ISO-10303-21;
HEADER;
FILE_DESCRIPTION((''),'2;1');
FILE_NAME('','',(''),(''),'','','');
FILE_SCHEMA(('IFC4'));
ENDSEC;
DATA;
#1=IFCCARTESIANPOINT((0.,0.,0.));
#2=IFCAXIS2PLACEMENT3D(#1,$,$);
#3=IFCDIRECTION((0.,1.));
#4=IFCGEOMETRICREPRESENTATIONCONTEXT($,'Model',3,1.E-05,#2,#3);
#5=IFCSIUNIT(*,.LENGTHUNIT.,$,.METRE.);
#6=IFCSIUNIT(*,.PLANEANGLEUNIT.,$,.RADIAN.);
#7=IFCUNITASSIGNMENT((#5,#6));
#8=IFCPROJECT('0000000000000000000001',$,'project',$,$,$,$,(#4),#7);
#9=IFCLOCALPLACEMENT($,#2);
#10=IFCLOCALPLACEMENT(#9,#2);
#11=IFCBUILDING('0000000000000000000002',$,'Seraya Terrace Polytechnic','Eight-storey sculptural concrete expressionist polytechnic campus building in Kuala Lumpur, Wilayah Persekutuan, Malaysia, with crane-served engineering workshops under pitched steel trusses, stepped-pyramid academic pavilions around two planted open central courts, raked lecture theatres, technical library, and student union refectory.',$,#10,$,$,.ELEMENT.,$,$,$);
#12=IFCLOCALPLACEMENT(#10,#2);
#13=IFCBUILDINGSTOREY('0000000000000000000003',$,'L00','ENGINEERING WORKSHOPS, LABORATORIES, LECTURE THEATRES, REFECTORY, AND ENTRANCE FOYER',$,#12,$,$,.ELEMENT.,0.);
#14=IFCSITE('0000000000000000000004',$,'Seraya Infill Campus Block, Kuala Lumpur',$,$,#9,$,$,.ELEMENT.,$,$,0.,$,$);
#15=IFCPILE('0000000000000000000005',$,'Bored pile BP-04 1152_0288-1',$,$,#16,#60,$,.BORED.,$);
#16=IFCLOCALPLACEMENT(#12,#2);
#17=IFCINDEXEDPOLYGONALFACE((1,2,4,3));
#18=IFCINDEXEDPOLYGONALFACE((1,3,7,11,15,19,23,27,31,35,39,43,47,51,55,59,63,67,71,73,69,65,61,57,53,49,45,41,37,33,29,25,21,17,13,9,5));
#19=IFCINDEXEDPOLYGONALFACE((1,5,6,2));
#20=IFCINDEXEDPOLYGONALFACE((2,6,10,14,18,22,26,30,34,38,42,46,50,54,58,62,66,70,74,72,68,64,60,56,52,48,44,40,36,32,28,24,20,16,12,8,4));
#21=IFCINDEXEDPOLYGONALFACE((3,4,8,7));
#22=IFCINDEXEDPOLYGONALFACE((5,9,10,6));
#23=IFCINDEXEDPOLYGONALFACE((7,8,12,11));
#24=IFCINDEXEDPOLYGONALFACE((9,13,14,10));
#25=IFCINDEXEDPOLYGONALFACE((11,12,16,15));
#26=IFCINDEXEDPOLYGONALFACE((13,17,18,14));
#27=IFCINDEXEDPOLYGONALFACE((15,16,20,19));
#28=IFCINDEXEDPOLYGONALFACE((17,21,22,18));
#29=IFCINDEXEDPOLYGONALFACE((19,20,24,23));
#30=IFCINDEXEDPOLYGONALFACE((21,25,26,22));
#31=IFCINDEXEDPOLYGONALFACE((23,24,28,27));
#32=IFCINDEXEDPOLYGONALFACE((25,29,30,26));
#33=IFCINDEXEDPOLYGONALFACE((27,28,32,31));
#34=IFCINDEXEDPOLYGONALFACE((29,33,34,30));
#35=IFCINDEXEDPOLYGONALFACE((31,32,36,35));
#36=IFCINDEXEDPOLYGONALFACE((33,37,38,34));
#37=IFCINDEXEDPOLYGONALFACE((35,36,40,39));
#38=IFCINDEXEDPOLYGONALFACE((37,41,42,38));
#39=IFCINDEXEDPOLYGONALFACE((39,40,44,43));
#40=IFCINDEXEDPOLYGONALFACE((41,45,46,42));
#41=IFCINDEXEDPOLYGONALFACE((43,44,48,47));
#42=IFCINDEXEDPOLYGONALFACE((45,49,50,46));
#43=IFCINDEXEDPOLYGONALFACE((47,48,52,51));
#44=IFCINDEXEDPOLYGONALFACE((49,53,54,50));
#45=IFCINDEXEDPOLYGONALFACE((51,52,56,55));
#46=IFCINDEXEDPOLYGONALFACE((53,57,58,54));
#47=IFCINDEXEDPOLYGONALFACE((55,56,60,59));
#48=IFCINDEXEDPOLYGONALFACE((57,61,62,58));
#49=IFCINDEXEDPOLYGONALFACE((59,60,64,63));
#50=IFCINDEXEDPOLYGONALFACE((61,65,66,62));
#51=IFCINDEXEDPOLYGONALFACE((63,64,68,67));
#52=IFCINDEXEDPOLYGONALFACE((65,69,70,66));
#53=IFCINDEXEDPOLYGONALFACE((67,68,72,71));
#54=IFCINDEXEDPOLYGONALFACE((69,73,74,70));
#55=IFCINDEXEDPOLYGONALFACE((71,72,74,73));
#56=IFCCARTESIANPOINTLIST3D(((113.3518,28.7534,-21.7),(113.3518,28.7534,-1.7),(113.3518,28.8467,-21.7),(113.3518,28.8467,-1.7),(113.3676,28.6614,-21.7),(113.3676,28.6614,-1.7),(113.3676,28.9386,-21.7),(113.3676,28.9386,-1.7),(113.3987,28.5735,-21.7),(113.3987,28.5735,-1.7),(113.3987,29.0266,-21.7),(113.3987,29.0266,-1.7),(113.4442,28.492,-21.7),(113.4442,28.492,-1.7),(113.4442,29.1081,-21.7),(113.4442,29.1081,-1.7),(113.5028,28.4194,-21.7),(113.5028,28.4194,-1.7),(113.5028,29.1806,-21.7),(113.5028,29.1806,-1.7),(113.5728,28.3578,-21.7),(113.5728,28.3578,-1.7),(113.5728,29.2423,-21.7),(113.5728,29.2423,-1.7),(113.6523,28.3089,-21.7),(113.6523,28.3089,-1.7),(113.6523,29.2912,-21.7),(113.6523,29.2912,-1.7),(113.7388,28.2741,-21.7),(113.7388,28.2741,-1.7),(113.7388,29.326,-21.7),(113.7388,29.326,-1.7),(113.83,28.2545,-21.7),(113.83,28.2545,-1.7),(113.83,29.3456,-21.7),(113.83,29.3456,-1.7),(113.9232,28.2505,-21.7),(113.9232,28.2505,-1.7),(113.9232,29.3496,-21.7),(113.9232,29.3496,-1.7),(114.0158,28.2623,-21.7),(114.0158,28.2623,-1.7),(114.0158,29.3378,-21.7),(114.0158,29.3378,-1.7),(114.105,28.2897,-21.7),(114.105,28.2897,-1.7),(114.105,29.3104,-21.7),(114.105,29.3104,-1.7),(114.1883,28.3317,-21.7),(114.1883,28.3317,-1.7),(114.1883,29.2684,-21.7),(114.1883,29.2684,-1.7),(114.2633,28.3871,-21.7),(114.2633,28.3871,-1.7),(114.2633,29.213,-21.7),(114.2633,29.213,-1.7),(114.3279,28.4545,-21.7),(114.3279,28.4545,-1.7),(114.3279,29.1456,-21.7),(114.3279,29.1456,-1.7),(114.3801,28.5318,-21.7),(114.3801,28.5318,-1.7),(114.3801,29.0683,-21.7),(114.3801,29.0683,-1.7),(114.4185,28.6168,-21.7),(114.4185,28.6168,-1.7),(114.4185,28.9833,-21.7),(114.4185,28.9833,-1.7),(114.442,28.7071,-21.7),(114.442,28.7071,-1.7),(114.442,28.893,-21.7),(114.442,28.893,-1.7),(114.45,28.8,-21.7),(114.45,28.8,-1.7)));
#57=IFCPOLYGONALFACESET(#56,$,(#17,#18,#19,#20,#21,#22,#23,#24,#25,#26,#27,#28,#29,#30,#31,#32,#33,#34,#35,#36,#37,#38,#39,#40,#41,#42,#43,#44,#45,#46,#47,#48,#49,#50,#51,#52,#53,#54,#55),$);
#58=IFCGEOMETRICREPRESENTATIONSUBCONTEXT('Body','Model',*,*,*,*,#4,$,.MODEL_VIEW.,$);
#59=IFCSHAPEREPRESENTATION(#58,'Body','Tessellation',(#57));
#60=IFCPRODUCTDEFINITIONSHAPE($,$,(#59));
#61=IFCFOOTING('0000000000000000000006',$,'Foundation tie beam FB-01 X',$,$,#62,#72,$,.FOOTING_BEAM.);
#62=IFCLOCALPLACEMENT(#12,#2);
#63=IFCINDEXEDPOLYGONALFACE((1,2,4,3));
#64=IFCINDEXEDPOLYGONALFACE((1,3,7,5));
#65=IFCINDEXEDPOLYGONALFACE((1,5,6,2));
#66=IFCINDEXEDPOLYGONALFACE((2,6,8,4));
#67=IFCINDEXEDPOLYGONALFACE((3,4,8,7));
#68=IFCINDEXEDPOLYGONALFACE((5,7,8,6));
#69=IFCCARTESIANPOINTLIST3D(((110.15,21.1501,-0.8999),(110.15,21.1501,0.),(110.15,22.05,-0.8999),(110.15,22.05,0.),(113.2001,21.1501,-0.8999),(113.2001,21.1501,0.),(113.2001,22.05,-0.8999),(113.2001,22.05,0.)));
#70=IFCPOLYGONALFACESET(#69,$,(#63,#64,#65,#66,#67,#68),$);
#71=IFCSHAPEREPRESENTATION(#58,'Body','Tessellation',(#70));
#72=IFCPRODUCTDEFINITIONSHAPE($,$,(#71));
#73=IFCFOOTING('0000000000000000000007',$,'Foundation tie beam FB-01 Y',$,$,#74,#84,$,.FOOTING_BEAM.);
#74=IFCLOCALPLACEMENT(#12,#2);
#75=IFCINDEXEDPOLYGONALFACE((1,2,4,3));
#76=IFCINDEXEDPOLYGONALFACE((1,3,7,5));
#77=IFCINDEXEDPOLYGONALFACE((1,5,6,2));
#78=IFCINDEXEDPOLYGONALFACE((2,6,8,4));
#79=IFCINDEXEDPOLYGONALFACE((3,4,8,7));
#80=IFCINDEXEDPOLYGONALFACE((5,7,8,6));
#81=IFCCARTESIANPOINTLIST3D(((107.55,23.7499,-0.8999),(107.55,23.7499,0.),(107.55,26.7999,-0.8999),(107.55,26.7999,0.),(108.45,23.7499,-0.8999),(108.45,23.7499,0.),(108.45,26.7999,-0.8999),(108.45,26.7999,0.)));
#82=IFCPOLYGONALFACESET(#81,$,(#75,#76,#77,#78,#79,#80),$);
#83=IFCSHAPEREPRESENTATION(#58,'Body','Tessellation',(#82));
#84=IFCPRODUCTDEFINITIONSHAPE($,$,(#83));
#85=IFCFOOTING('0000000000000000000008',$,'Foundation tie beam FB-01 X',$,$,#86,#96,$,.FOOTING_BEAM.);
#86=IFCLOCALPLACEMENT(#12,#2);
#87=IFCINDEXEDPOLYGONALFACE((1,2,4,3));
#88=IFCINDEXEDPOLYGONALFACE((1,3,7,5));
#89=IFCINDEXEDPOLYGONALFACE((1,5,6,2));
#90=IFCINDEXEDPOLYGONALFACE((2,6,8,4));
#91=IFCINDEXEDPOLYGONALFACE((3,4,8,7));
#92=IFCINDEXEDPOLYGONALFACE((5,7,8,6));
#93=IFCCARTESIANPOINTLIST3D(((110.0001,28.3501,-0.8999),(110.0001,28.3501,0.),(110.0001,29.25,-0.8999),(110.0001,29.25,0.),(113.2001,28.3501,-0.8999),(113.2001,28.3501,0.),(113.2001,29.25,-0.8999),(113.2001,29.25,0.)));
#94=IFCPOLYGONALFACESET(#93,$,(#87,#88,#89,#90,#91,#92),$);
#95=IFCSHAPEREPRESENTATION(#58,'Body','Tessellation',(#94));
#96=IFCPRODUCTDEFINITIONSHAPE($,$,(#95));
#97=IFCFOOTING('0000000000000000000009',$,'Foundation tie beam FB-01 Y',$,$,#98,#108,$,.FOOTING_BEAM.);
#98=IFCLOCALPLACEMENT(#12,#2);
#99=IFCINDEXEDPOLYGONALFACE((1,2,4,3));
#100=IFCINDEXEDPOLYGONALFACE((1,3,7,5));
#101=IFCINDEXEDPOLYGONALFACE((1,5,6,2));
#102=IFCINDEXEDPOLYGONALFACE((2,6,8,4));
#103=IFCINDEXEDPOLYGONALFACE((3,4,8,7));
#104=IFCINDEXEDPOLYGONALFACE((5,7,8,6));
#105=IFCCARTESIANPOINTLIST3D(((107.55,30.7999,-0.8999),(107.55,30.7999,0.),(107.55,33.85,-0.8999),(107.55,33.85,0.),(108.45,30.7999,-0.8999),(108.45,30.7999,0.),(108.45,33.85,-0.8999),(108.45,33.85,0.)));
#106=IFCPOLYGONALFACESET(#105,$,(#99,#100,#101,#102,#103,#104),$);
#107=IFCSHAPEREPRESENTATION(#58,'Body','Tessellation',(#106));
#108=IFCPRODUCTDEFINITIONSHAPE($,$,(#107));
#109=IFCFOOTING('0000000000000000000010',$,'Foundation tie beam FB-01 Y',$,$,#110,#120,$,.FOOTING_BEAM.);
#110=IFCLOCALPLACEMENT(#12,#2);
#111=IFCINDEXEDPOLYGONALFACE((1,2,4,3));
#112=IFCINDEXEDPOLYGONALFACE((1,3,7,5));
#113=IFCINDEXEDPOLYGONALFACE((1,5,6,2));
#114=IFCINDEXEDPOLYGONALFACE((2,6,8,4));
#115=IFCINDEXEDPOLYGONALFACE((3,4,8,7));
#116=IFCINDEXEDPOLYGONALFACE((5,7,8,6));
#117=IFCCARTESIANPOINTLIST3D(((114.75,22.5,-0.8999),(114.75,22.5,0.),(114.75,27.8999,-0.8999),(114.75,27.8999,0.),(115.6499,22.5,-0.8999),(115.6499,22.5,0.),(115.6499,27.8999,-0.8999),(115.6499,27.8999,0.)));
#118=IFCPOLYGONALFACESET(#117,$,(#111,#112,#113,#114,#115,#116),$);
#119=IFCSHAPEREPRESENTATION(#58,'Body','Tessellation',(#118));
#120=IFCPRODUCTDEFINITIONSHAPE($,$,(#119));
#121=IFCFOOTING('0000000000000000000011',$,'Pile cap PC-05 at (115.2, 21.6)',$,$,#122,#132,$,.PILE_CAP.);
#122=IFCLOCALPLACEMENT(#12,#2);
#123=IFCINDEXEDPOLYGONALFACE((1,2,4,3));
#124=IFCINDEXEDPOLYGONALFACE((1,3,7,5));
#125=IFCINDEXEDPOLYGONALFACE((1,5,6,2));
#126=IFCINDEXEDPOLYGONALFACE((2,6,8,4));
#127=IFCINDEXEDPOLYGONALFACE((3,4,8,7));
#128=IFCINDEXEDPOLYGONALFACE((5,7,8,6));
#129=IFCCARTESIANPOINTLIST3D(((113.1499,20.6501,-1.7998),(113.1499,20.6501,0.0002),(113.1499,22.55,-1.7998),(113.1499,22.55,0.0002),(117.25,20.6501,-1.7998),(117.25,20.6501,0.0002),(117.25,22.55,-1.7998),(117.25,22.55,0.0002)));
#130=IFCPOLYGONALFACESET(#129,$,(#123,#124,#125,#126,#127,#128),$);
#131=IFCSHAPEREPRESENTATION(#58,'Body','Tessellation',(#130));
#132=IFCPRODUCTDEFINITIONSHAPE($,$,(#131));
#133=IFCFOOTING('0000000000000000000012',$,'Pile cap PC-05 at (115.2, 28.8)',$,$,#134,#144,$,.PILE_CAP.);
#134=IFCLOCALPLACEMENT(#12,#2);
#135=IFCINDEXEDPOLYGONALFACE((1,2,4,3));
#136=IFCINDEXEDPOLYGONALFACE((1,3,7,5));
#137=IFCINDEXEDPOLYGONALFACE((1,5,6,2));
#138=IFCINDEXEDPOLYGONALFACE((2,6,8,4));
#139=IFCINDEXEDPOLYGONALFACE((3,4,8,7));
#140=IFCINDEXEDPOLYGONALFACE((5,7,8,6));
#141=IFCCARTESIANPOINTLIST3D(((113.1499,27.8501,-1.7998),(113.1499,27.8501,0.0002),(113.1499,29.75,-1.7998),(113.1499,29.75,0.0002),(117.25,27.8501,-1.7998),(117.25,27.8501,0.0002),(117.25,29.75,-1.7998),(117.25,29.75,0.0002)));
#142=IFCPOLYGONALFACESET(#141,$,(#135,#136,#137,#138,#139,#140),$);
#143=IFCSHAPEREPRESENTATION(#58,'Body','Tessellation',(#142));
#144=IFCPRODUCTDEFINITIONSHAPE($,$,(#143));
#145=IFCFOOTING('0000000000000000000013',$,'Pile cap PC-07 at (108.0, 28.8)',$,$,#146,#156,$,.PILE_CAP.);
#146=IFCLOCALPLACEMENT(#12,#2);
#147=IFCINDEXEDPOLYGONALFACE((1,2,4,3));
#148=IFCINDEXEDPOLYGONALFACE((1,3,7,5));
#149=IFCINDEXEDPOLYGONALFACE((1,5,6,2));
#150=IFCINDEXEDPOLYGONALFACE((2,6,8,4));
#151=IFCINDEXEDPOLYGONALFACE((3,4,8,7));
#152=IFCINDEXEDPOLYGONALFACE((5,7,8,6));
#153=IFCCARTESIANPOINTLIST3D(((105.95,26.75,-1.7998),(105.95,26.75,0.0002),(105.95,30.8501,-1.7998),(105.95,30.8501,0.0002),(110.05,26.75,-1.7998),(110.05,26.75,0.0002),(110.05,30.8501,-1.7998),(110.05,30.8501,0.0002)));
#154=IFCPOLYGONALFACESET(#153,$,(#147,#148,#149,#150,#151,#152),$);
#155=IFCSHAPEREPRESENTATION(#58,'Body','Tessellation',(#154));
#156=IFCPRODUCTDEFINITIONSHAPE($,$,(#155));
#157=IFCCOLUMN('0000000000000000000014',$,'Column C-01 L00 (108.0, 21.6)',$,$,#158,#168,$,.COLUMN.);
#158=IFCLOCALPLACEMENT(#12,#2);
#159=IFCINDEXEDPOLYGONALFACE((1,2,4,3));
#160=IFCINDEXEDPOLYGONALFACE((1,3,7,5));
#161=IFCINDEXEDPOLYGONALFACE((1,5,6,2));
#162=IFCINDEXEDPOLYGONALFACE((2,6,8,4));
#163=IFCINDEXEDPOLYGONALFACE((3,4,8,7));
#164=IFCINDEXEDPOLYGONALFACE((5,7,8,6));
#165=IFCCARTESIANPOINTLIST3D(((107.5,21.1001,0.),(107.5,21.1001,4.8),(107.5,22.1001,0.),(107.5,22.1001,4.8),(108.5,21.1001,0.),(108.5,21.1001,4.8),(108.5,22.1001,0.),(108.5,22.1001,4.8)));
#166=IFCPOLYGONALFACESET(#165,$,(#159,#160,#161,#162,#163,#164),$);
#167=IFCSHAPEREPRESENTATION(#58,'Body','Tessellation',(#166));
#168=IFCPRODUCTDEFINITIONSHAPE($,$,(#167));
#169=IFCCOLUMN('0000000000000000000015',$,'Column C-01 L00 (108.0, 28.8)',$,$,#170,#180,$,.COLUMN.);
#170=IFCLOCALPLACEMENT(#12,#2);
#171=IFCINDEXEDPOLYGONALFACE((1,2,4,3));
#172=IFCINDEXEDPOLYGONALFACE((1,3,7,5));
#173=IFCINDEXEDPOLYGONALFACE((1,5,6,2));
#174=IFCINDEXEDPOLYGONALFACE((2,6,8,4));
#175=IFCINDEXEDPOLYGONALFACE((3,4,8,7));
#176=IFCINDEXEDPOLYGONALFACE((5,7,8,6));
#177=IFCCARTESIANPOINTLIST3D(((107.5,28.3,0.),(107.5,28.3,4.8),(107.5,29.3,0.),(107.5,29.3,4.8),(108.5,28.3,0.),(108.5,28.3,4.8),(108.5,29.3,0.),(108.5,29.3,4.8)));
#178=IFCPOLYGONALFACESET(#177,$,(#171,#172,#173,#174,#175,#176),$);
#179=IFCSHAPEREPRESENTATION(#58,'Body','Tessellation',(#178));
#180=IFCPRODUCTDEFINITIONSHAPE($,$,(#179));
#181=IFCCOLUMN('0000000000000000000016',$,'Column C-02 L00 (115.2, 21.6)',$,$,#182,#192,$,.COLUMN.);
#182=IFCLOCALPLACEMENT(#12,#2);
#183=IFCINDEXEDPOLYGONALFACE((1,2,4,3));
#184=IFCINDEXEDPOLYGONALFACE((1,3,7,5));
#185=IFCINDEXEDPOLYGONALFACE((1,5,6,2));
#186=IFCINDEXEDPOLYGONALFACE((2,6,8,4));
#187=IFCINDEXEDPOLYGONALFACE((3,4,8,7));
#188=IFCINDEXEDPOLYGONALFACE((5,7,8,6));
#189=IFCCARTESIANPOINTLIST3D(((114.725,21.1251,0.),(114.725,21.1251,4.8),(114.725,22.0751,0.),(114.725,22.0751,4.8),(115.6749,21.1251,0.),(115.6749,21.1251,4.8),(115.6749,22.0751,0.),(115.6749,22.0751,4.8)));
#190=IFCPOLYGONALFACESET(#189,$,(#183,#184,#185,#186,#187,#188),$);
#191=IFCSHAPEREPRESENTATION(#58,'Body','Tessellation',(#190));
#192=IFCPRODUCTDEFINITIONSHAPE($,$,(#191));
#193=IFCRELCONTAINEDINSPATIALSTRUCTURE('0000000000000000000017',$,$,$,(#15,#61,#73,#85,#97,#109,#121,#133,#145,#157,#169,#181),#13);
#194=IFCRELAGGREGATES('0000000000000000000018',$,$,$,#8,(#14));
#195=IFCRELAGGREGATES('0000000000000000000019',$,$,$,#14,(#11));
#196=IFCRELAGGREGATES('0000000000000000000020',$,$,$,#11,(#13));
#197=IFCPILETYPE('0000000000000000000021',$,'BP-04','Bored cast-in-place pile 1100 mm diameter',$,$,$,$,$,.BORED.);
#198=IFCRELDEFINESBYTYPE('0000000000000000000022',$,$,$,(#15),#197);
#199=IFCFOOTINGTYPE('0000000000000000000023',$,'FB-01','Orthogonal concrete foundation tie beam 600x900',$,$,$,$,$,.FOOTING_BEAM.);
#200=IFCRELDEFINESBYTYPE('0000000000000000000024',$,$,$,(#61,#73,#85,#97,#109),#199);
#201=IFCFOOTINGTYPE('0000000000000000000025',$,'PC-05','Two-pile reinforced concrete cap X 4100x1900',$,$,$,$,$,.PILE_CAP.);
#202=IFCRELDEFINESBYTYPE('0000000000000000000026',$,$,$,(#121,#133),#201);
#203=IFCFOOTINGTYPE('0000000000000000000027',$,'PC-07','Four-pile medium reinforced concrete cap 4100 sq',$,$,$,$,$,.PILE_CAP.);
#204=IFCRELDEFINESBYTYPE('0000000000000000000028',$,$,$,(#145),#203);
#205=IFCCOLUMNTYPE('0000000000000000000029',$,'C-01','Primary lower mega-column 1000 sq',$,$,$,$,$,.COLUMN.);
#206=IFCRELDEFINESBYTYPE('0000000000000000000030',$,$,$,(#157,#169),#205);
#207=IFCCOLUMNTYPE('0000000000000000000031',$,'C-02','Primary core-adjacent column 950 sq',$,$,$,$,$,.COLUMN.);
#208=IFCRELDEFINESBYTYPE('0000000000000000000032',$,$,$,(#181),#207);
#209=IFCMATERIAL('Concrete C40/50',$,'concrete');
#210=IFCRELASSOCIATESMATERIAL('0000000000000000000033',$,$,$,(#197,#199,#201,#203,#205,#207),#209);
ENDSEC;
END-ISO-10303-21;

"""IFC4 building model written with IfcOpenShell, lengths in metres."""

from ifc_helpers import new_model, si_unit, direction, frame, origin, origin_2d, place, context, subcontext, project, spatial, rectangle, circle, extrude, material, material_profile, profile_set, type_object, element, save


model = new_model("IFC4")

# Units and contexts
model_context = context("Model", 3, precision=1e-05, world=origin(), true_north=direction((0.0, 1.0)))
body_context = subcontext(model_context, "Body", "Model", "MODEL_VIEW")
ifc_project = project(units=[si_unit("LENGTHUNIT", "METRE"), si_unit("PLANEANGLEUNIT", "RADIAN")], contexts=[model_context])

# Site, building, storey
site_placement = place(None, origin())
site = spatial("IfcSite", under=ifc_project, at=site_placement, Name="Seraya Infill Campus Block, Kuala Lumpur", CompositionType="ELEMENT", RefElevation=0.0)
building_placement = place(site_placement, origin())
building = spatial("IfcBuilding", under=site, at=building_placement, Name="Seraya Terrace Polytechnic", Description="Eight-storey sculptural concrete expressionist polytechnic campus building in Kuala Lumpur, Wilayah Persekutuan, Malaysia, with crane-served engineering workshops under pitched steel trusses, stepped-pyramid academic pavilions around two planted open central courts, raked lecture theatres, technical library, and student union refectory.", CompositionType="ELEMENT")
storey_placement = place(building_placement, origin())
storey = spatial("IfcBuildingStorey", under=building, at=storey_placement, Name="L00", Description="ENGINEERING WORKSHOPS, LABORATORIES, LECTURE THEATRES, REFECTORY, AND ENTRANCE FOYER", CompositionType="ELEMENT", Elevation=0.0)

# Pile
ifc_material_1 = material(Name="Concrete C40/50", Category="concrete")
ifc_material_profile_1 = material_profile(ifc_material_1, circle(Radius=0.55, at=origin_2d()), Name="DIA 1100")
ifc_profile_set_1 = profile_set([ifc_material_profile_1], Name="Concrete C40/50")
pile_type_1 = type_object("IfcPileType", Name="BP-04", Description="Bored cast-in-place pile 1100 mm diameter", PredefinedType="BORED", material=ifc_profile_set_1)
for number, where, z_axis, x_axis, name in (
    (1, (113.8999, 28.8, -1.7), (0.0, 0.0, -1.0), (1.0, 0.0, 0.0), "Bored pile BP-04 1152_0288-1"),
):
    element("IfcPile", number, at=place(storey_placement, frame(where, z_axis=z_axis, x_axis=x_axis)), inside=storey, type_object=pile_type_1, Name=name, PredefinedType="BORED", context=body_context, shape_type="SweptSolid", body=[
        extrude(circle(Radius=0.55, at=origin_2d()), origin(), (0.0, 0.0, 1.0), 20.0),
    ])

# Footings
footing_type_1 = type_object("IfcFootingType", Name="FB-01", Description="Orthogonal concrete foundation tie beam 600x900", PredefinedType="FOOTING_BEAM", material=ifc_material_1)
for number, where, z_axis, x_axis, name in (
    (2, (111.675, 21.6001, -0.8999), (0.0, 0.0, 1.0), (1.0, 0.0, 0.0), "Foundation tie beam FB-01 X"),
    (3, (108.0, 25.2749, -0.8999), (0.0, 0.0, 1.0), (0.0, 1.0, 0.0), "Foundation tie beam FB-01 Y"),
):
    element("IfcFooting", number, at=place(storey_placement, frame(where, z_axis=z_axis, x_axis=x_axis)), inside=storey, type_object=footing_type_1, Name=name, PredefinedType="FOOTING_BEAM", context=body_context, shape_type="SweptSolid", body=[
        extrude(rectangle(XDim=3.05, YDim=0.8999, at=origin_2d()), origin(), (0.0, 0.0, 1.0), 0.8999),
    ])
footing_1_placement = place(storey_placement, frame((111.6001, 28.8, -0.8999), z_axis=(0.0, 0.0, 1.0), x_axis=(1.0, 0.0, 0.0)))
element("IfcFooting", 4, at=footing_1_placement, inside=storey, type_object=footing_type_1, Name="Foundation tie beam FB-01 X", PredefinedType="FOOTING_BEAM", context=body_context, shape_type="SweptSolid", body=[
    extrude(rectangle(XDim=3.2, YDim=0.8999, at=origin_2d()), origin(), (0.0, 0.0, 1.0), 0.8999),
])
footing_2_placement = place(storey_placement, frame((108.0, 32.325, -0.8999), z_axis=(0.0, 0.0, 1.0), x_axis=(0.0, 1.0, 0.0)))
element("IfcFooting", 5, at=footing_2_placement, inside=storey, type_object=footing_type_1, Name="Foundation tie beam FB-01 Y", PredefinedType="FOOTING_BEAM", context=body_context, shape_type="SweptSolid", body=[
    extrude(rectangle(XDim=3.05, YDim=0.8999, at=origin_2d()), origin(), (0.0, 0.0, 1.0), 0.8999),
])
footing_3_placement = place(storey_placement, frame((115.2, 25.2, -0.8999), z_axis=(0.0, 0.0, 1.0), x_axis=(0.0, 1.0, 0.0)))
element("IfcFooting", 6, at=footing_3_placement, inside=storey, type_object=footing_type_1, Name="Foundation tie beam FB-01 Y", PredefinedType="FOOTING_BEAM", context=body_context, shape_type="SweptSolid", body=[
    extrude(rectangle(XDim=5.3999, YDim=0.8999, at=origin_2d()), origin(), (0.0, 0.0, 1.0), 0.8999),
])
footing_type_2 = type_object("IfcFootingType", Name="PC-05", Description="Two-pile reinforced concrete cap X 4100x1900", PredefinedType="PILE_CAP", material=ifc_material_1)
for number, where, z_axis, x_axis, name in (
    (7, (115.2, 21.6001, -1.7998), (0.0, 0.0, 1.0), (1.0, 0.0, 0.0), "Pile cap PC-05 at (115.2, 21.6)"),
    (8, (115.2, 28.8, -1.7998), (0.0, 0.0, 1.0), (1.0, 0.0, 0.0), "Pile cap PC-05 at (115.2, 28.8)"),
):
    element("IfcFooting", number, at=place(storey_placement, frame(where, z_axis=z_axis, x_axis=x_axis)), inside=storey, type_object=footing_type_2, Name=name, PredefinedType="PILE_CAP", context=body_context, shape_type="SweptSolid", body=[
        extrude(rectangle(XDim=4.1001, YDim=1.8999, at=origin_2d()), origin(), (0.0, 0.0, 1.0), 1.8),
    ])
footing_type_3 = type_object("IfcFootingType", Name="PC-07", Description="Four-pile medium reinforced concrete cap 4100 sq", PredefinedType="PILE_CAP", material=ifc_material_1)
footing_4_placement = place(storey_placement, frame((108.0, 28.8, -1.7998), z_axis=(0.0, 0.0, 1.0), x_axis=(1.0, 0.0, 0.0)))
element("IfcFooting", 9, at=footing_4_placement, inside=storey, type_object=footing_type_3, Name="Pile cap PC-07 at (108.0, 28.8)", PredefinedType="PILE_CAP", context=body_context, shape_type="SweptSolid", body=[
    extrude(rectangle(XDim=4.1001, YDim=4.1001, at=origin_2d()), origin(), (0.0, 0.0, 1.0), 1.8),
])

# Columns
ifc_material_profile_2 = material_profile(ifc_material_1, rectangle(XDim=1.0, YDim=1.0, at=origin_2d()), Name="RC 1000x1000")
ifc_profile_set_2 = profile_set([ifc_material_profile_2], Name="Concrete C40/50")
column_type_1 = type_object("IfcColumnType", Name="C-01", Description="Primary lower mega-column 1000 sq", PredefinedType="COLUMN", material=ifc_profile_set_2)
for number, where, z_axis, x_axis, name in (
    (10, (108.0, 21.6001, 0.0), (0.0, 0.0, 1.0), (1.0, 0.0, 0.0), "Column C-01 L00 (108.0, 21.6)"),
    (11, (108.0, 28.8, 0.0), (0.0, 0.0, 1.0), (1.0, 0.0, 0.0), "Column C-01 L00 (108.0, 28.8)"),
):
    element("IfcColumn", number, at=place(storey_placement, frame(where, z_axis=z_axis, x_axis=x_axis)), inside=storey, type_object=column_type_1, Name=name, PredefinedType="COLUMN", context=body_context, shape_type="SweptSolid", body=[
        extrude(rectangle(XDim=1.0, YDim=1.0, at=origin_2d()), origin(), (0.0, 0.0, 1.0), 4.8),
    ])
ifc_material_profile_3 = material_profile(ifc_material_1, rectangle(XDim=0.95, YDim=0.95, at=origin_2d()), Name="RC 950x950")
ifc_profile_set_3 = profile_set([ifc_material_profile_3], Name="Concrete C40/50")
column_type_2 = type_object("IfcColumnType", Name="C-02", Description="Primary core-adjacent column 950 sq", PredefinedType="COLUMN", material=ifc_profile_set_3)
for number, where, z_axis, x_axis, name in (
    (12, (115.2, 21.6001, 0.0), (0.0, 0.0, 1.0), (1.0, 0.0, 0.0), "Column C-02 L00 (115.2, 21.6)"),
):
    element("IfcColumn", number, at=place(storey_placement, frame(where, z_axis=z_axis, x_axis=x_axis)), inside=storey, type_object=column_type_2, Name=name, PredefinedType="COLUMN", context=body_context, shape_type="SweptSolid", body=[
        extrude(rectangle(XDim=0.95, YDim=0.95, at=origin_2d()), origin(), (0.0, 0.0, 1.0), 4.8),
    ])

save(model, "model.ifc")
